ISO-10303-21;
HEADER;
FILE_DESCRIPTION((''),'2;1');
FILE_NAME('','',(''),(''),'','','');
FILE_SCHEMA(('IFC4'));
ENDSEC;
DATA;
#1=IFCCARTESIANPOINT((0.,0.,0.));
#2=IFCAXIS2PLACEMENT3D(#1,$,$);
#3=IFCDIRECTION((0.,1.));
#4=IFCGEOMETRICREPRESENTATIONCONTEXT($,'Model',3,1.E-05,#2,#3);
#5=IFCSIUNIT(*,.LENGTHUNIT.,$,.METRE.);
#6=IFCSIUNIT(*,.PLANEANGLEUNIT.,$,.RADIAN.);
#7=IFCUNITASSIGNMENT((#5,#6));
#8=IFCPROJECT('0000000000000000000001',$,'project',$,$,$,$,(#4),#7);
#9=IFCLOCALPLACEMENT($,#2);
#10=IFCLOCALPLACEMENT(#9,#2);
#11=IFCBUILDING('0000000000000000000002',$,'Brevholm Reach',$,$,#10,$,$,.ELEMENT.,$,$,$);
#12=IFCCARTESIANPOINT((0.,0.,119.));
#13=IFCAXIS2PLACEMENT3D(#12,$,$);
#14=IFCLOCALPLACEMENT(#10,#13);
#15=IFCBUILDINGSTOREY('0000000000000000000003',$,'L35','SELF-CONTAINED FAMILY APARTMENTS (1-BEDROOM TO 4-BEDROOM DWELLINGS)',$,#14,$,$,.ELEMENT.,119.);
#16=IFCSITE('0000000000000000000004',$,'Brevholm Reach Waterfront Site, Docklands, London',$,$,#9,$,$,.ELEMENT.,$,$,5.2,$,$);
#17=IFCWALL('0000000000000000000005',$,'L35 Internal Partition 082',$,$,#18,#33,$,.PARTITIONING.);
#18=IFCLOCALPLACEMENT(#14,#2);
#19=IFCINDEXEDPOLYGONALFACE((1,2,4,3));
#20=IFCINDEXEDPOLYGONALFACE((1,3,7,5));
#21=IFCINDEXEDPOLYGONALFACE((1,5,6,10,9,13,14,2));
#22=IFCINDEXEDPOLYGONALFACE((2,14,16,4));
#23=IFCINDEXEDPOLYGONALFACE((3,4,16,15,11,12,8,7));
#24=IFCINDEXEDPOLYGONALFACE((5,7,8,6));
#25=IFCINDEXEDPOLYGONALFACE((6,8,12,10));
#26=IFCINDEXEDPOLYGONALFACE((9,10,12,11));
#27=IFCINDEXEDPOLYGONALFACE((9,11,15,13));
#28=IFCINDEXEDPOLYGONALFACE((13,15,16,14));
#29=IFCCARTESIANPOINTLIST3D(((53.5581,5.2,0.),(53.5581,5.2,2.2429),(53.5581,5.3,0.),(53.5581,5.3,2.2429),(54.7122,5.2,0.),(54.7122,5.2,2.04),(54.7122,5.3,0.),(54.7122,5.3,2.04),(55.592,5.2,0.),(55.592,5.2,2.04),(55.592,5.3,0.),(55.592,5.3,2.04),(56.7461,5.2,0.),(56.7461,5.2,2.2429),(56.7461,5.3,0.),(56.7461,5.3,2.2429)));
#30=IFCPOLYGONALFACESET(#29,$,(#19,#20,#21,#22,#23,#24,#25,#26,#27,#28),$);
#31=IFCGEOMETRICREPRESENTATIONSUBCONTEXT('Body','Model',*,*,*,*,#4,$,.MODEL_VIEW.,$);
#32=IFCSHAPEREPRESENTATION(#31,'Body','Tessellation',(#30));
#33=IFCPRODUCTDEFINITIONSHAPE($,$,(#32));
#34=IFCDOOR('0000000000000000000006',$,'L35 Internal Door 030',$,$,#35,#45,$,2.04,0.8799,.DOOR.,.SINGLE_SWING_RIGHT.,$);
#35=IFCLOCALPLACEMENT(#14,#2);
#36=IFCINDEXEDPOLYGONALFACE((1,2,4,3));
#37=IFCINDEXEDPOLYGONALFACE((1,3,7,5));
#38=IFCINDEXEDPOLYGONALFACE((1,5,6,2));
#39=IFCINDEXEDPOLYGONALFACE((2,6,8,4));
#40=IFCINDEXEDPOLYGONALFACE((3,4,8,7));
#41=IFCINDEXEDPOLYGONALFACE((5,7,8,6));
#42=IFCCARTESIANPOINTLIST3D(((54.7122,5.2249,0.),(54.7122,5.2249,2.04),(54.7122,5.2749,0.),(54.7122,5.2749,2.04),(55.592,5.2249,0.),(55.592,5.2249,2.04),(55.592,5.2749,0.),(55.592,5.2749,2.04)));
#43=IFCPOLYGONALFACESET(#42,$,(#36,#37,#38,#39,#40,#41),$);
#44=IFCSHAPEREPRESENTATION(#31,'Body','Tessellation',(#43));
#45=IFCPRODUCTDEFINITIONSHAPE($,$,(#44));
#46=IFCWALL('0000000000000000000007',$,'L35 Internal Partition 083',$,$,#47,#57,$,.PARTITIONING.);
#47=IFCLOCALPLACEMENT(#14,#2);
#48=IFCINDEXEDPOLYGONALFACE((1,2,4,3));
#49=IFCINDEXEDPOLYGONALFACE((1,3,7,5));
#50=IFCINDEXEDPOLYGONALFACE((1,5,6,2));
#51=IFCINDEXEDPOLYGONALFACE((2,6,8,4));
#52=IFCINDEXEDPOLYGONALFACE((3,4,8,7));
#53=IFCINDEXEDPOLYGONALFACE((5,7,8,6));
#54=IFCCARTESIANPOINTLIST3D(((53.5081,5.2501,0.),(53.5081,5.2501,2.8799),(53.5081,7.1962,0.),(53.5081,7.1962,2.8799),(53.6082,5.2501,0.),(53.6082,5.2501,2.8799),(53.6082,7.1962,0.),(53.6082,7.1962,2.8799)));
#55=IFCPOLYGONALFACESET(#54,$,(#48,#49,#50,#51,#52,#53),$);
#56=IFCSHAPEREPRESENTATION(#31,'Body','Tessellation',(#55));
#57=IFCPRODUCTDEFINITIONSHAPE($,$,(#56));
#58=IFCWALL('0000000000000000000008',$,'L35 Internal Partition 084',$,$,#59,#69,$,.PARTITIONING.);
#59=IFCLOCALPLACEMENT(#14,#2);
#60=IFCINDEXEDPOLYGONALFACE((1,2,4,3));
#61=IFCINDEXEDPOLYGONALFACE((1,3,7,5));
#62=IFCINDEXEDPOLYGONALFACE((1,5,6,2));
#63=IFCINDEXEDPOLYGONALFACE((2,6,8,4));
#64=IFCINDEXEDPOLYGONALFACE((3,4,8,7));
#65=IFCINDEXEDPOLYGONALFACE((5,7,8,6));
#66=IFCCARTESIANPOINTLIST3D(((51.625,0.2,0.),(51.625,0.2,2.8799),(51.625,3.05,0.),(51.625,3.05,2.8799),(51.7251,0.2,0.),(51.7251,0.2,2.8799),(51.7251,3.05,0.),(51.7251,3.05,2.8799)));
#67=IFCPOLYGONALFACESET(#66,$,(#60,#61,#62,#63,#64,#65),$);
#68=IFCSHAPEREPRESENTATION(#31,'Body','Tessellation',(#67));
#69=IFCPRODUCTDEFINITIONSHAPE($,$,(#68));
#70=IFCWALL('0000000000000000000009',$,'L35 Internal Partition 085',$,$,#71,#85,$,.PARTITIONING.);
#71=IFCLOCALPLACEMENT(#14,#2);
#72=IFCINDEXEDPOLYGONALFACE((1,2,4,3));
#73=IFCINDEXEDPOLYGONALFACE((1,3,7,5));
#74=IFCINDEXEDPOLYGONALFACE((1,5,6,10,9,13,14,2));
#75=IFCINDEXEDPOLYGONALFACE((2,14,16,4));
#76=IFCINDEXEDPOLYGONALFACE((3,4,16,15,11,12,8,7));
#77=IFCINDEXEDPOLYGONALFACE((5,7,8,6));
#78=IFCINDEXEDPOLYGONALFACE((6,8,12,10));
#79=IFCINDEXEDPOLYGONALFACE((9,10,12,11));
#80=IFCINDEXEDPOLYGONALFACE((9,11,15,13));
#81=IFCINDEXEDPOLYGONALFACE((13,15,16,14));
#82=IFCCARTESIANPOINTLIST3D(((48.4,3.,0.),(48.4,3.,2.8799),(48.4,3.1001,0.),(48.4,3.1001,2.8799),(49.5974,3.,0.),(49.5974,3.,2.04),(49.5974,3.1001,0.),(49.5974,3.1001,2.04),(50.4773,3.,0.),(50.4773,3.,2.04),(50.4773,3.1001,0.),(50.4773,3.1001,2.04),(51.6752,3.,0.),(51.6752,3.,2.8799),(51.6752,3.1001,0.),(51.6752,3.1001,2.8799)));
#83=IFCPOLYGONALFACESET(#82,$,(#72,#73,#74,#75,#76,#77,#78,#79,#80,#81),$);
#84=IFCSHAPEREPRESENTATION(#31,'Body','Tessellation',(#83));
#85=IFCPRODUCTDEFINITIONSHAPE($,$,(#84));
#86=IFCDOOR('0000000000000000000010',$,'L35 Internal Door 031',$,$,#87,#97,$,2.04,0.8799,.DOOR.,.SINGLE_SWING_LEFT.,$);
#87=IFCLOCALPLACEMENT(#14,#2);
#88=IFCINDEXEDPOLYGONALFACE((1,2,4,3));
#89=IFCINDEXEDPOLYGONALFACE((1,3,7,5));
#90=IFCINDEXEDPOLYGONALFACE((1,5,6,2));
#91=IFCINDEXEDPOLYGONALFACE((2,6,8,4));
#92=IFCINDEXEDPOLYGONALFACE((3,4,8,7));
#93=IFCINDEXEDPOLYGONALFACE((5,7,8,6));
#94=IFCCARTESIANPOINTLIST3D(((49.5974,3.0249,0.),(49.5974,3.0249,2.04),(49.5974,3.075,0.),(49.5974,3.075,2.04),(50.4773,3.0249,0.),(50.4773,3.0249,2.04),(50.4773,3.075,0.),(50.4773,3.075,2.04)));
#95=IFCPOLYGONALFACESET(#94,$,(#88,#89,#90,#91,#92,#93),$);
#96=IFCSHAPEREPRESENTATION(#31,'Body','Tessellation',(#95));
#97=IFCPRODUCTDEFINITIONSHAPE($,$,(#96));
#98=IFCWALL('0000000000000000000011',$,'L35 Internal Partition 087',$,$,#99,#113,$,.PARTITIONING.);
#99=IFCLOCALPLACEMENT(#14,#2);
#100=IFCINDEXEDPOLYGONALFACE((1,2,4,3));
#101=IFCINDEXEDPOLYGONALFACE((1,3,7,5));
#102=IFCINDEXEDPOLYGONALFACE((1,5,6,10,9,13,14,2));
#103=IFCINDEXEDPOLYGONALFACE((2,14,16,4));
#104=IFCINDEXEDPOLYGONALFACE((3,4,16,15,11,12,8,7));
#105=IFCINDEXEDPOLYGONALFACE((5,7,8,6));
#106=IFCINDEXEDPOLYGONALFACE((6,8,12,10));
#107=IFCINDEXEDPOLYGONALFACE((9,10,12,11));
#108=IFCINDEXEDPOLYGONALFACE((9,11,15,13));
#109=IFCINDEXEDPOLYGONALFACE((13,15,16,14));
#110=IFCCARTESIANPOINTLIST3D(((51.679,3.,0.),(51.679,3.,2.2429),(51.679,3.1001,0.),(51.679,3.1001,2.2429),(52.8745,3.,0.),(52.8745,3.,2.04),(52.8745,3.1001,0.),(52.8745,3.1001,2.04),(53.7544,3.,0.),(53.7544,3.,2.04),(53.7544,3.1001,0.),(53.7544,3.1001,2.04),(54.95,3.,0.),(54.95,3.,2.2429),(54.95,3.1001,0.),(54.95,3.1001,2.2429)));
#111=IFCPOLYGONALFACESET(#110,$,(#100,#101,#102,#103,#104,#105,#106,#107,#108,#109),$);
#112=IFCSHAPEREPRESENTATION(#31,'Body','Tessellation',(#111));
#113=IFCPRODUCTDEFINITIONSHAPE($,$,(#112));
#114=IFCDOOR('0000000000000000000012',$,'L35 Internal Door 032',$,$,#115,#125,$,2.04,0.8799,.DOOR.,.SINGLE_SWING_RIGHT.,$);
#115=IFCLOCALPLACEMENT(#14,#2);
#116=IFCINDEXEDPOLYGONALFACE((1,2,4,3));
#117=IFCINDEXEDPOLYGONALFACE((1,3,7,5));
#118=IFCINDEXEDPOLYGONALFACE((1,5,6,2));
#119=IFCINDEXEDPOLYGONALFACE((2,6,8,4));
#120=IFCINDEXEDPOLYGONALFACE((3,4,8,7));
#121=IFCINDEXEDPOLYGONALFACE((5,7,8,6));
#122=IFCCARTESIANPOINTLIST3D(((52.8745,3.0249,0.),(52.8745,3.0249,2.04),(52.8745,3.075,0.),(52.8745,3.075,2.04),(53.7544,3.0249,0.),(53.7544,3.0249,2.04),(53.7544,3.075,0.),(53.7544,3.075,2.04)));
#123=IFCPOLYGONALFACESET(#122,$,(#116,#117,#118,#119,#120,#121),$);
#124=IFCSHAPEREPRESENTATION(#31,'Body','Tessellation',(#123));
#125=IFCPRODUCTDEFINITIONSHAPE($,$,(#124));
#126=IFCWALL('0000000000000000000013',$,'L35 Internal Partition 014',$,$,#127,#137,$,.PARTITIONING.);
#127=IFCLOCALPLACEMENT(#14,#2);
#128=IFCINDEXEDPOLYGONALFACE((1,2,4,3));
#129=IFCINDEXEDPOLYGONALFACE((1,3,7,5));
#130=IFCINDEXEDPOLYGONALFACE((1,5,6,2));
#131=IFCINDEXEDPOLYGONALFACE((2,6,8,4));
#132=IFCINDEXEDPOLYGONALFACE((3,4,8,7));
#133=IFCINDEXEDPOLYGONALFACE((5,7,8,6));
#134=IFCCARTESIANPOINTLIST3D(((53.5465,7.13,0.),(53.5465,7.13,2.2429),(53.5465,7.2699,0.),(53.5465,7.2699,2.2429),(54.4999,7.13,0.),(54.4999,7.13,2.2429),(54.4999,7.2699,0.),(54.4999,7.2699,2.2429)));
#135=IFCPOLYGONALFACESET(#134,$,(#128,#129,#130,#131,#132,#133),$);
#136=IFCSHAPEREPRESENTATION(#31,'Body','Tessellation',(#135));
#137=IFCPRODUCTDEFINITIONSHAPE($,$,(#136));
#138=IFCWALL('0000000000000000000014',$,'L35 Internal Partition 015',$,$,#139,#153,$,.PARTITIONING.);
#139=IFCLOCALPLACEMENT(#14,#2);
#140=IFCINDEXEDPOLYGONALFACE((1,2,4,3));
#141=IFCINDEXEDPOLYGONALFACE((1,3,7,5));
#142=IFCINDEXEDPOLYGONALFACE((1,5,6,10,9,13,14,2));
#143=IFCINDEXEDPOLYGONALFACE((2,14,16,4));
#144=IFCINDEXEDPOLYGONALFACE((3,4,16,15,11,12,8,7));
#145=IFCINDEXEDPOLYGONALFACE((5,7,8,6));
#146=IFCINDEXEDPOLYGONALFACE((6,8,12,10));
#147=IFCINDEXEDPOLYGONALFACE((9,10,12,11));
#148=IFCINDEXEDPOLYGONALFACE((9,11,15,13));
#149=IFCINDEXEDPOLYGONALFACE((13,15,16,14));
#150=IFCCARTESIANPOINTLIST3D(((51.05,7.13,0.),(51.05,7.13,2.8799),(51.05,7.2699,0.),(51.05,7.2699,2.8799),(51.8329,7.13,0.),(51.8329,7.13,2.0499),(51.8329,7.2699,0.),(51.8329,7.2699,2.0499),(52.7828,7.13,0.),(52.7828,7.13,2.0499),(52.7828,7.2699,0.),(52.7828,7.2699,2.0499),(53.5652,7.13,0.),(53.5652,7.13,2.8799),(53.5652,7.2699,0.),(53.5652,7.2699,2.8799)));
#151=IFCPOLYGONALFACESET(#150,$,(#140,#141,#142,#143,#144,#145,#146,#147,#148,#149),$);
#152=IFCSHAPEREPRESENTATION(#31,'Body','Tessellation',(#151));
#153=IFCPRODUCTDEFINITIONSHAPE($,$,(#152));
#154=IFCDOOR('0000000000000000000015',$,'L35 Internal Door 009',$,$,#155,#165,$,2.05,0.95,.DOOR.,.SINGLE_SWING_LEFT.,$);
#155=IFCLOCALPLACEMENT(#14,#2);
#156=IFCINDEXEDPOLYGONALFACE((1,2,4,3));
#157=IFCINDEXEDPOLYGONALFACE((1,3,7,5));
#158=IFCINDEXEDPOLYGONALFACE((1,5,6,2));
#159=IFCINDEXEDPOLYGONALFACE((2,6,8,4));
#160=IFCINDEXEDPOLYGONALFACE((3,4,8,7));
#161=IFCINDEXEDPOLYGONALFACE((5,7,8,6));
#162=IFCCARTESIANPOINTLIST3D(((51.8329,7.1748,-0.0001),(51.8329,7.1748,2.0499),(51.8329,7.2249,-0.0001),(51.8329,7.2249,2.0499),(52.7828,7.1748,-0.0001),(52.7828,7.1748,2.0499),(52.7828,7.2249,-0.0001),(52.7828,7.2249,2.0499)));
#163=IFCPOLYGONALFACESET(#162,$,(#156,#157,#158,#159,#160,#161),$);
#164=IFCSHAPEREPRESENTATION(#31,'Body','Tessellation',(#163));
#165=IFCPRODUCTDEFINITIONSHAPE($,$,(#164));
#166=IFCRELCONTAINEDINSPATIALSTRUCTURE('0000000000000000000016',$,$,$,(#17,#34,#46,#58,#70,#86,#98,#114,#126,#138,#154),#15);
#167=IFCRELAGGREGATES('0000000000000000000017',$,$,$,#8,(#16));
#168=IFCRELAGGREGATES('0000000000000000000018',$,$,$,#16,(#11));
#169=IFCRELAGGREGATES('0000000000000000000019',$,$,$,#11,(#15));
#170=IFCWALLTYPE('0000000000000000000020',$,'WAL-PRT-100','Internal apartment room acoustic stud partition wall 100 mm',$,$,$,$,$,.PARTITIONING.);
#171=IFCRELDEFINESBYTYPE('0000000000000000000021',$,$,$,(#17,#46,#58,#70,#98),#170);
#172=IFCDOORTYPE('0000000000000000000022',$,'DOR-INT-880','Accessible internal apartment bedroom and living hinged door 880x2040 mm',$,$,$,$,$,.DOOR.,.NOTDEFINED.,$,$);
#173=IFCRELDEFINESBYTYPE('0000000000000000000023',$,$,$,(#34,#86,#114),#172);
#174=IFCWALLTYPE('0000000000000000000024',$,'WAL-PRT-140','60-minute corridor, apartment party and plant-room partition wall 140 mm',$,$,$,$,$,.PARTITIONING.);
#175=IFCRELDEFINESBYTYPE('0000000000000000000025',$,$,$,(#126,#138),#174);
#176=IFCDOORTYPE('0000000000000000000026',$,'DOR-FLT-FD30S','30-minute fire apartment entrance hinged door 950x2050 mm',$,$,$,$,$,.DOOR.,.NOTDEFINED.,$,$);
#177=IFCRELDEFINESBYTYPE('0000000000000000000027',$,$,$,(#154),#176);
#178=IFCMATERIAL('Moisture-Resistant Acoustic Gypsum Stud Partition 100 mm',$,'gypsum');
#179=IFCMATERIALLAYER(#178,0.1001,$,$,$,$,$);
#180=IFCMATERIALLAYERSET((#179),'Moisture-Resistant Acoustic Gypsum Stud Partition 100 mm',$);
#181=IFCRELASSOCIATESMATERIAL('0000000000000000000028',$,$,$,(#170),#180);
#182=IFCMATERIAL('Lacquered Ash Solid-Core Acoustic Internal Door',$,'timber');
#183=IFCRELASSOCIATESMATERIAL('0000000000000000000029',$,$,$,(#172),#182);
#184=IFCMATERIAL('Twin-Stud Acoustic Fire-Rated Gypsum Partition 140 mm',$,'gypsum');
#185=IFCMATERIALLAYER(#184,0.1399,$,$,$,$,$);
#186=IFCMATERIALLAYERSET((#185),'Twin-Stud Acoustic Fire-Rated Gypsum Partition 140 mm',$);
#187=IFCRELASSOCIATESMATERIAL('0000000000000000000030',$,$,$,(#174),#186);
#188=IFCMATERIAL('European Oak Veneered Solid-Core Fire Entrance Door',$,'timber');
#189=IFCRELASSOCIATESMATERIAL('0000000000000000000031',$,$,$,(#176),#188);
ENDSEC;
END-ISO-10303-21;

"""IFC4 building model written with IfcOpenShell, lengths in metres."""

from ifc_helpers import new_model, si_unit, direction, frame, frame_2d, origin, place, context, subcontext, project, spatial, rectangle, extrude, material, layer, layer_set, type_object, element, fill, save


model = new_model("IFC4")

# Units and contexts
model_context = context("Model", 3, precision=1e-05, world=origin(), true_north=direction((0.0, 1.0)))
body_context = subcontext(model_context, "Body", "Model", "MODEL_VIEW")
ifc_project = project(units=[si_unit("LENGTHUNIT", "METRE"), si_unit("PLANEANGLEUNIT", "RADIAN")], contexts=[model_context])

# Site, building, storey
site_placement = place(None, origin())
site = spatial("IfcSite", under=ifc_project, at=site_placement, Name="Brevholm Reach Waterfront Site, Docklands, London", CompositionType="ELEMENT", RefElevation=5.2)
building_placement = place(site_placement, origin())
building = spatial("IfcBuilding", under=site, at=building_placement, Name="Brevholm Reach", CompositionType="ELEMENT")
storey_placement = place(building_placement, frame((0.0, 0.0, 119.0)))
storey = spatial("IfcBuildingStorey", under=building, at=storey_placement, Name="L35", Description="SELF-CONTAINED FAMILY APARTMENTS (1-BEDROOM TO 4-BEDROOM DWELLINGS)", CompositionType="ELEMENT", Elevation=119.0)

# Wall, opening, door
ifc_material_1 = material(Name="Moisture-Resistant Acoustic Gypsum Stud Partition 100 mm", Category="gypsum")
ifc_layer_1 = layer(ifc_material_1, 0.1001)
ifc_layer_set_1 = layer_set([ifc_layer_1], Name="Moisture-Resistant Acoustic Gypsum Stud Partition 100 mm")
wall_type_1 = type_object("IfcWallType", Name="WAL-PRT-100", Description="Internal apartment room acoustic stud partition wall 100 mm", PredefinedType="PARTITIONING", material=ifc_layer_set_1)
wall_1_placement = place(storey_placement, frame((53.5581, 5.25, 0.0), z_axis=(0.0, 0.0, 1.0), x_axis=(1.0, 0.0, 0.0)))
wall_1 = element("IfcWall", 1, at=wall_1_placement, inside=storey, type_object=wall_type_1, Name="L35 Internal Partition 082", PredefinedType="PARTITIONING", context=body_context, shape_type="SweptSolid", body=[
    extrude(rectangle(XDim=3.188, YDim=0.1001, at=frame_2d((1.594, 0.0))), origin(), (0.0, 0.0, 1.0), 2.2429),
])
opening_1_placement = place(wall_1_placement, frame((1.1541, 0.0, 0.0)))
opening_1 = element("IfcOpeningElement", 2, at=opening_1_placement, cuts=wall_1, PredefinedType="OPENING", context=body_context, shape_type="SweptSolid", body=[
    extrude(rectangle(XDim=0.8799, YDim=2.04, at=frame_2d((0.4399, 1.02))), frame((0.0, 0.0601, 0.0), z_axis=(0.0, -1.0, 0.0), x_axis=(1.0, 0.0, 0.0)), (0.0, 0.0, 1.0), 0.1201),
])
ifc_material_2 = material(Name="Lacquered Ash Solid-Core Acoustic Internal Door", Category="timber")
door_type_1 = type_object("IfcDoorType", Name="DOR-INT-880", Description="Accessible internal apartment bedroom and living hinged door 880x2040 mm", OperationType="NOTDEFINED", PredefinedType="DOOR", material=ifc_material_2)
door_1_placement = place(opening_1_placement, origin())
door_1 = element("IfcDoor", 3, at=door_1_placement, inside=storey, type_object=door_type_1, Name="L35 Internal Door 030", OperationType="SINGLE_SWING_RIGHT", OverallHeight=2.04, OverallWidth=0.8799, PredefinedType="DOOR", context=body_context, shape_type="SweptSolid", body=[
    extrude(rectangle(XDim=0.8799, YDim=2.04, at=frame_2d((0.4399, 1.02))), frame((0.0, 0.0249, 0.0), z_axis=(0.0, -1.0, 0.0), x_axis=(1.0, 0.0, 0.0)), (0.0, 0.0, 1.0), 0.05),
])
fill(opening_1, door_1)

# Walls
wall_2_placement = place(storey_placement, frame((53.5581, 5.25, 0.0), z_axis=(0.0, 0.0, 1.0), x_axis=(0.0, 1.0, 0.0)))
element("IfcWall", 4, at=wall_2_placement, inside=storey, type_object=wall_type_1, Name="L35 Internal Partition 083", PredefinedType="PARTITIONING", context=body_context, shape_type="SweptSolid", body=[
    extrude(rectangle(XDim=1.946, YDim=0.1001, at=frame_2d((0.9731, 0.0))), origin(), (0.0, 0.0, 1.0), 2.8799),
])
wall_3_placement = place(storey_placement, frame((51.675, 0.2, 0.0), z_axis=(0.0, 0.0, 1.0), x_axis=(0.0, 1.0, 0.0)))
element("IfcWall", 5, at=wall_3_placement, inside=storey, type_object=wall_type_1, Name="L35 Internal Partition 084", PredefinedType="PARTITIONING", context=body_context, shape_type="SweptSolid", body=[
    extrude(rectangle(XDim=2.8501, YDim=0.1001, at=frame_2d((1.425, 0.0))), origin(), (0.0, 0.0, 1.0), 2.8799),
])

# Walls, openings, doors
wall_4_placement = place(storey_placement, frame((48.3999, 3.05, 0.0), z_axis=(0.0, 0.0, 1.0), x_axis=(1.0, 0.0, 0.0)))
wall_4 = element("IfcWall", 6, at=wall_4_placement, inside=storey, type_object=wall_type_1, Name="L35 Internal Partition 085", PredefinedType="PARTITIONING", context=body_context, shape_type="SweptSolid", body=[
    extrude(rectangle(XDim=3.2751, YDim=0.1001, at=frame_2d((1.6377, 0.0))), origin(), (0.0, 0.0, 1.0), 2.8799),
])
opening_2_placement = place(wall_4_placement, frame((1.1975, 0.0, 0.0)))
opening_2 = element("IfcOpeningElement", 7, at=opening_2_placement, cuts=wall_4, PredefinedType="OPENING", context=body_context, shape_type="SweptSolid", body=[
    extrude(rectangle(XDim=0.8799, YDim=2.04, at=frame_2d((0.4399, 1.02))), frame((0.0, 0.0601, 0.0), z_axis=(0.0, -1.0, 0.0), x_axis=(1.0, 0.0, 0.0)), (0.0, 0.0, 1.0), 0.1201),
])
door_2_placement = place(opening_2_placement, origin())
door_2 = element("IfcDoor", 8, at=door_2_placement, inside=storey, type_object=door_type_1, Name="L35 Internal Door 031", OperationType="SINGLE_SWING_LEFT", OverallHeight=2.04, OverallWidth=0.8799, PredefinedType="DOOR", context=body_context, shape_type="SweptSolid", body=[
    extrude(rectangle(XDim=0.8799, YDim=2.04, at=frame_2d((0.4399, 1.02))), frame((0.0, 0.0249, 0.0), z_axis=(0.0, -1.0, 0.0), x_axis=(1.0, 0.0, 0.0)), (0.0, 0.0, 1.0), 0.05),
])
fill(opening_2, door_2)
wall_5_placement = place(storey_placement, frame((51.679, 3.05, 0.0), z_axis=(0.0, 0.0, 1.0), x_axis=(1.0, 0.0, 0.0)))
wall_5 = element("IfcWall", 9, at=wall_5_placement, inside=storey, type_object=wall_type_1, Name="L35 Internal Partition 087", PredefinedType="PARTITIONING", context=body_context, shape_type="SweptSolid", body=[
    extrude(rectangle(XDim=3.271, YDim=0.1001, at=frame_2d((1.6355, 0.0))), origin(), (0.0, 0.0, 1.0), 2.2429),
])
opening_3_placement = place(wall_5_placement, frame((1.1956, 0.0, 0.0)))
opening_3 = element("IfcOpeningElement", 10, at=opening_3_placement, cuts=wall_5, PredefinedType="OPENING", context=body_context, shape_type="SweptSolid", body=[
    extrude(rectangle(XDim=0.8799, YDim=2.04, at=frame_2d((0.4399, 1.02))), frame((0.0, 0.0601, 0.0), z_axis=(0.0, -1.0, 0.0), x_axis=(1.0, 0.0, 0.0)), (0.0, 0.0, 1.0), 0.1201),
])
door_3_placement = place(opening_3_placement, origin())
door_3 = element("IfcDoor", 11, at=door_3_placement, inside=storey, type_object=door_type_1, Name="L35 Internal Door 032", OperationType="SINGLE_SWING_RIGHT", OverallHeight=2.04, OverallWidth=0.8799, PredefinedType="DOOR", context=body_context, shape_type="SweptSolid", body=[
    extrude(rectangle(XDim=0.8799, YDim=2.04, at=frame_2d((0.4399, 1.02))), frame((0.0, 0.0249, 0.0), z_axis=(0.0, -1.0, 0.0), x_axis=(1.0, 0.0, 0.0)), (0.0, 0.0, 1.0), 0.05),
])
fill(opening_3, door_3)

# Wall
ifc_material_3 = material(Name="Twin-Stud Acoustic Fire-Rated Gypsum Partition 140 mm", Category="gypsum")
ifc_layer_2 = layer(ifc_material_3, 0.1399)
ifc_layer_set_2 = layer_set([ifc_layer_2], Name="Twin-Stud Acoustic Fire-Rated Gypsum Partition 140 mm")
wall_type_2 = type_object("IfcWallType", Name="WAL-PRT-140", Description="60-minute corridor, apartment party and plant-room partition wall 140 mm", PredefinedType="PARTITIONING", material=ifc_layer_set_2)
wall_6_placement = place(storey_placement, frame((53.5466, 7.2, 0.0), z_axis=(0.0, 0.0, 1.0), x_axis=(1.0, 0.0, 0.0)))
element("IfcWall", 12, at=wall_6_placement, inside=storey, type_object=wall_type_2, Name="L35 Internal Partition 014", PredefinedType="PARTITIONING", context=body_context, shape_type="SweptSolid", body=[
    extrude(rectangle(XDim=0.9534, YDim=0.1399, at=frame_2d((0.4766, 0.0))), origin(), (0.0, 0.0, 1.0), 2.2429),
])

# Wall, opening, door
wall_7_placement = place(storey_placement, frame((51.05, 7.2, 0.0), z_axis=(0.0, 0.0, 1.0), x_axis=(1.0, 0.0, 0.0)))
wall_7 = element("IfcWall", 13, at=wall_7_placement, inside=storey, type_object=wall_type_2, Name="L35 Internal Partition 015", PredefinedType="PARTITIONING", context=body_context, shape_type="SweptSolid", body=[
    extrude(rectangle(XDim=2.5151, YDim=0.1399, at=frame_2d((1.2576, 0.0))), origin(), (0.0, 0.0, 1.0), 2.8799),
])
opening_4_placement = place(wall_7_placement, frame((0.7827, 0.0, 0.0)))
opening_4 = element("IfcOpeningElement", 14, at=opening_4_placement, cuts=wall_7, PredefinedType="OPENING", context=body_context, shape_type="SweptSolid", body=[
    extrude(rectangle(XDim=0.95, YDim=2.05, at=frame_2d((0.4751, 1.0249))), frame((0.0, 0.0798, 0.0), z_axis=(0.0, -1.0, 0.0), x_axis=(1.0, 0.0, 0.0)), (0.0, 0.0, 1.0), 0.1599),
])
ifc_material_4 = material(Name="European Oak Veneered Solid-Core Fire Entrance Door", Category="timber")
door_type_2 = type_object("IfcDoorType", Name="DOR-FLT-FD30S", Description="30-minute fire apartment entrance hinged door 950x2050 mm", OperationType="NOTDEFINED", PredefinedType="DOOR", material=ifc_material_4)
door_4_placement = place(opening_4_placement, origin())
door_4 = element("IfcDoor", 15, at=door_4_placement, inside=storey, type_object=door_type_2, Name="L35 Internal Door 009", OperationType="SINGLE_SWING_LEFT", OverallHeight=2.05, OverallWidth=0.95, PredefinedType="DOOR", context=body_context, shape_type="SweptSolid", body=[
    extrude(rectangle(XDim=0.95, YDim=2.05, at=frame_2d((0.4751, 1.0249))), frame((0.0, 0.0249, 0.0), z_axis=(0.0, -1.0, 0.0), x_axis=(1.0, 0.0, 0.0)), (0.0, 0.0, 1.0), 0.05),
])
fill(opening_4, door_4)

save(model, "model.ifc")
